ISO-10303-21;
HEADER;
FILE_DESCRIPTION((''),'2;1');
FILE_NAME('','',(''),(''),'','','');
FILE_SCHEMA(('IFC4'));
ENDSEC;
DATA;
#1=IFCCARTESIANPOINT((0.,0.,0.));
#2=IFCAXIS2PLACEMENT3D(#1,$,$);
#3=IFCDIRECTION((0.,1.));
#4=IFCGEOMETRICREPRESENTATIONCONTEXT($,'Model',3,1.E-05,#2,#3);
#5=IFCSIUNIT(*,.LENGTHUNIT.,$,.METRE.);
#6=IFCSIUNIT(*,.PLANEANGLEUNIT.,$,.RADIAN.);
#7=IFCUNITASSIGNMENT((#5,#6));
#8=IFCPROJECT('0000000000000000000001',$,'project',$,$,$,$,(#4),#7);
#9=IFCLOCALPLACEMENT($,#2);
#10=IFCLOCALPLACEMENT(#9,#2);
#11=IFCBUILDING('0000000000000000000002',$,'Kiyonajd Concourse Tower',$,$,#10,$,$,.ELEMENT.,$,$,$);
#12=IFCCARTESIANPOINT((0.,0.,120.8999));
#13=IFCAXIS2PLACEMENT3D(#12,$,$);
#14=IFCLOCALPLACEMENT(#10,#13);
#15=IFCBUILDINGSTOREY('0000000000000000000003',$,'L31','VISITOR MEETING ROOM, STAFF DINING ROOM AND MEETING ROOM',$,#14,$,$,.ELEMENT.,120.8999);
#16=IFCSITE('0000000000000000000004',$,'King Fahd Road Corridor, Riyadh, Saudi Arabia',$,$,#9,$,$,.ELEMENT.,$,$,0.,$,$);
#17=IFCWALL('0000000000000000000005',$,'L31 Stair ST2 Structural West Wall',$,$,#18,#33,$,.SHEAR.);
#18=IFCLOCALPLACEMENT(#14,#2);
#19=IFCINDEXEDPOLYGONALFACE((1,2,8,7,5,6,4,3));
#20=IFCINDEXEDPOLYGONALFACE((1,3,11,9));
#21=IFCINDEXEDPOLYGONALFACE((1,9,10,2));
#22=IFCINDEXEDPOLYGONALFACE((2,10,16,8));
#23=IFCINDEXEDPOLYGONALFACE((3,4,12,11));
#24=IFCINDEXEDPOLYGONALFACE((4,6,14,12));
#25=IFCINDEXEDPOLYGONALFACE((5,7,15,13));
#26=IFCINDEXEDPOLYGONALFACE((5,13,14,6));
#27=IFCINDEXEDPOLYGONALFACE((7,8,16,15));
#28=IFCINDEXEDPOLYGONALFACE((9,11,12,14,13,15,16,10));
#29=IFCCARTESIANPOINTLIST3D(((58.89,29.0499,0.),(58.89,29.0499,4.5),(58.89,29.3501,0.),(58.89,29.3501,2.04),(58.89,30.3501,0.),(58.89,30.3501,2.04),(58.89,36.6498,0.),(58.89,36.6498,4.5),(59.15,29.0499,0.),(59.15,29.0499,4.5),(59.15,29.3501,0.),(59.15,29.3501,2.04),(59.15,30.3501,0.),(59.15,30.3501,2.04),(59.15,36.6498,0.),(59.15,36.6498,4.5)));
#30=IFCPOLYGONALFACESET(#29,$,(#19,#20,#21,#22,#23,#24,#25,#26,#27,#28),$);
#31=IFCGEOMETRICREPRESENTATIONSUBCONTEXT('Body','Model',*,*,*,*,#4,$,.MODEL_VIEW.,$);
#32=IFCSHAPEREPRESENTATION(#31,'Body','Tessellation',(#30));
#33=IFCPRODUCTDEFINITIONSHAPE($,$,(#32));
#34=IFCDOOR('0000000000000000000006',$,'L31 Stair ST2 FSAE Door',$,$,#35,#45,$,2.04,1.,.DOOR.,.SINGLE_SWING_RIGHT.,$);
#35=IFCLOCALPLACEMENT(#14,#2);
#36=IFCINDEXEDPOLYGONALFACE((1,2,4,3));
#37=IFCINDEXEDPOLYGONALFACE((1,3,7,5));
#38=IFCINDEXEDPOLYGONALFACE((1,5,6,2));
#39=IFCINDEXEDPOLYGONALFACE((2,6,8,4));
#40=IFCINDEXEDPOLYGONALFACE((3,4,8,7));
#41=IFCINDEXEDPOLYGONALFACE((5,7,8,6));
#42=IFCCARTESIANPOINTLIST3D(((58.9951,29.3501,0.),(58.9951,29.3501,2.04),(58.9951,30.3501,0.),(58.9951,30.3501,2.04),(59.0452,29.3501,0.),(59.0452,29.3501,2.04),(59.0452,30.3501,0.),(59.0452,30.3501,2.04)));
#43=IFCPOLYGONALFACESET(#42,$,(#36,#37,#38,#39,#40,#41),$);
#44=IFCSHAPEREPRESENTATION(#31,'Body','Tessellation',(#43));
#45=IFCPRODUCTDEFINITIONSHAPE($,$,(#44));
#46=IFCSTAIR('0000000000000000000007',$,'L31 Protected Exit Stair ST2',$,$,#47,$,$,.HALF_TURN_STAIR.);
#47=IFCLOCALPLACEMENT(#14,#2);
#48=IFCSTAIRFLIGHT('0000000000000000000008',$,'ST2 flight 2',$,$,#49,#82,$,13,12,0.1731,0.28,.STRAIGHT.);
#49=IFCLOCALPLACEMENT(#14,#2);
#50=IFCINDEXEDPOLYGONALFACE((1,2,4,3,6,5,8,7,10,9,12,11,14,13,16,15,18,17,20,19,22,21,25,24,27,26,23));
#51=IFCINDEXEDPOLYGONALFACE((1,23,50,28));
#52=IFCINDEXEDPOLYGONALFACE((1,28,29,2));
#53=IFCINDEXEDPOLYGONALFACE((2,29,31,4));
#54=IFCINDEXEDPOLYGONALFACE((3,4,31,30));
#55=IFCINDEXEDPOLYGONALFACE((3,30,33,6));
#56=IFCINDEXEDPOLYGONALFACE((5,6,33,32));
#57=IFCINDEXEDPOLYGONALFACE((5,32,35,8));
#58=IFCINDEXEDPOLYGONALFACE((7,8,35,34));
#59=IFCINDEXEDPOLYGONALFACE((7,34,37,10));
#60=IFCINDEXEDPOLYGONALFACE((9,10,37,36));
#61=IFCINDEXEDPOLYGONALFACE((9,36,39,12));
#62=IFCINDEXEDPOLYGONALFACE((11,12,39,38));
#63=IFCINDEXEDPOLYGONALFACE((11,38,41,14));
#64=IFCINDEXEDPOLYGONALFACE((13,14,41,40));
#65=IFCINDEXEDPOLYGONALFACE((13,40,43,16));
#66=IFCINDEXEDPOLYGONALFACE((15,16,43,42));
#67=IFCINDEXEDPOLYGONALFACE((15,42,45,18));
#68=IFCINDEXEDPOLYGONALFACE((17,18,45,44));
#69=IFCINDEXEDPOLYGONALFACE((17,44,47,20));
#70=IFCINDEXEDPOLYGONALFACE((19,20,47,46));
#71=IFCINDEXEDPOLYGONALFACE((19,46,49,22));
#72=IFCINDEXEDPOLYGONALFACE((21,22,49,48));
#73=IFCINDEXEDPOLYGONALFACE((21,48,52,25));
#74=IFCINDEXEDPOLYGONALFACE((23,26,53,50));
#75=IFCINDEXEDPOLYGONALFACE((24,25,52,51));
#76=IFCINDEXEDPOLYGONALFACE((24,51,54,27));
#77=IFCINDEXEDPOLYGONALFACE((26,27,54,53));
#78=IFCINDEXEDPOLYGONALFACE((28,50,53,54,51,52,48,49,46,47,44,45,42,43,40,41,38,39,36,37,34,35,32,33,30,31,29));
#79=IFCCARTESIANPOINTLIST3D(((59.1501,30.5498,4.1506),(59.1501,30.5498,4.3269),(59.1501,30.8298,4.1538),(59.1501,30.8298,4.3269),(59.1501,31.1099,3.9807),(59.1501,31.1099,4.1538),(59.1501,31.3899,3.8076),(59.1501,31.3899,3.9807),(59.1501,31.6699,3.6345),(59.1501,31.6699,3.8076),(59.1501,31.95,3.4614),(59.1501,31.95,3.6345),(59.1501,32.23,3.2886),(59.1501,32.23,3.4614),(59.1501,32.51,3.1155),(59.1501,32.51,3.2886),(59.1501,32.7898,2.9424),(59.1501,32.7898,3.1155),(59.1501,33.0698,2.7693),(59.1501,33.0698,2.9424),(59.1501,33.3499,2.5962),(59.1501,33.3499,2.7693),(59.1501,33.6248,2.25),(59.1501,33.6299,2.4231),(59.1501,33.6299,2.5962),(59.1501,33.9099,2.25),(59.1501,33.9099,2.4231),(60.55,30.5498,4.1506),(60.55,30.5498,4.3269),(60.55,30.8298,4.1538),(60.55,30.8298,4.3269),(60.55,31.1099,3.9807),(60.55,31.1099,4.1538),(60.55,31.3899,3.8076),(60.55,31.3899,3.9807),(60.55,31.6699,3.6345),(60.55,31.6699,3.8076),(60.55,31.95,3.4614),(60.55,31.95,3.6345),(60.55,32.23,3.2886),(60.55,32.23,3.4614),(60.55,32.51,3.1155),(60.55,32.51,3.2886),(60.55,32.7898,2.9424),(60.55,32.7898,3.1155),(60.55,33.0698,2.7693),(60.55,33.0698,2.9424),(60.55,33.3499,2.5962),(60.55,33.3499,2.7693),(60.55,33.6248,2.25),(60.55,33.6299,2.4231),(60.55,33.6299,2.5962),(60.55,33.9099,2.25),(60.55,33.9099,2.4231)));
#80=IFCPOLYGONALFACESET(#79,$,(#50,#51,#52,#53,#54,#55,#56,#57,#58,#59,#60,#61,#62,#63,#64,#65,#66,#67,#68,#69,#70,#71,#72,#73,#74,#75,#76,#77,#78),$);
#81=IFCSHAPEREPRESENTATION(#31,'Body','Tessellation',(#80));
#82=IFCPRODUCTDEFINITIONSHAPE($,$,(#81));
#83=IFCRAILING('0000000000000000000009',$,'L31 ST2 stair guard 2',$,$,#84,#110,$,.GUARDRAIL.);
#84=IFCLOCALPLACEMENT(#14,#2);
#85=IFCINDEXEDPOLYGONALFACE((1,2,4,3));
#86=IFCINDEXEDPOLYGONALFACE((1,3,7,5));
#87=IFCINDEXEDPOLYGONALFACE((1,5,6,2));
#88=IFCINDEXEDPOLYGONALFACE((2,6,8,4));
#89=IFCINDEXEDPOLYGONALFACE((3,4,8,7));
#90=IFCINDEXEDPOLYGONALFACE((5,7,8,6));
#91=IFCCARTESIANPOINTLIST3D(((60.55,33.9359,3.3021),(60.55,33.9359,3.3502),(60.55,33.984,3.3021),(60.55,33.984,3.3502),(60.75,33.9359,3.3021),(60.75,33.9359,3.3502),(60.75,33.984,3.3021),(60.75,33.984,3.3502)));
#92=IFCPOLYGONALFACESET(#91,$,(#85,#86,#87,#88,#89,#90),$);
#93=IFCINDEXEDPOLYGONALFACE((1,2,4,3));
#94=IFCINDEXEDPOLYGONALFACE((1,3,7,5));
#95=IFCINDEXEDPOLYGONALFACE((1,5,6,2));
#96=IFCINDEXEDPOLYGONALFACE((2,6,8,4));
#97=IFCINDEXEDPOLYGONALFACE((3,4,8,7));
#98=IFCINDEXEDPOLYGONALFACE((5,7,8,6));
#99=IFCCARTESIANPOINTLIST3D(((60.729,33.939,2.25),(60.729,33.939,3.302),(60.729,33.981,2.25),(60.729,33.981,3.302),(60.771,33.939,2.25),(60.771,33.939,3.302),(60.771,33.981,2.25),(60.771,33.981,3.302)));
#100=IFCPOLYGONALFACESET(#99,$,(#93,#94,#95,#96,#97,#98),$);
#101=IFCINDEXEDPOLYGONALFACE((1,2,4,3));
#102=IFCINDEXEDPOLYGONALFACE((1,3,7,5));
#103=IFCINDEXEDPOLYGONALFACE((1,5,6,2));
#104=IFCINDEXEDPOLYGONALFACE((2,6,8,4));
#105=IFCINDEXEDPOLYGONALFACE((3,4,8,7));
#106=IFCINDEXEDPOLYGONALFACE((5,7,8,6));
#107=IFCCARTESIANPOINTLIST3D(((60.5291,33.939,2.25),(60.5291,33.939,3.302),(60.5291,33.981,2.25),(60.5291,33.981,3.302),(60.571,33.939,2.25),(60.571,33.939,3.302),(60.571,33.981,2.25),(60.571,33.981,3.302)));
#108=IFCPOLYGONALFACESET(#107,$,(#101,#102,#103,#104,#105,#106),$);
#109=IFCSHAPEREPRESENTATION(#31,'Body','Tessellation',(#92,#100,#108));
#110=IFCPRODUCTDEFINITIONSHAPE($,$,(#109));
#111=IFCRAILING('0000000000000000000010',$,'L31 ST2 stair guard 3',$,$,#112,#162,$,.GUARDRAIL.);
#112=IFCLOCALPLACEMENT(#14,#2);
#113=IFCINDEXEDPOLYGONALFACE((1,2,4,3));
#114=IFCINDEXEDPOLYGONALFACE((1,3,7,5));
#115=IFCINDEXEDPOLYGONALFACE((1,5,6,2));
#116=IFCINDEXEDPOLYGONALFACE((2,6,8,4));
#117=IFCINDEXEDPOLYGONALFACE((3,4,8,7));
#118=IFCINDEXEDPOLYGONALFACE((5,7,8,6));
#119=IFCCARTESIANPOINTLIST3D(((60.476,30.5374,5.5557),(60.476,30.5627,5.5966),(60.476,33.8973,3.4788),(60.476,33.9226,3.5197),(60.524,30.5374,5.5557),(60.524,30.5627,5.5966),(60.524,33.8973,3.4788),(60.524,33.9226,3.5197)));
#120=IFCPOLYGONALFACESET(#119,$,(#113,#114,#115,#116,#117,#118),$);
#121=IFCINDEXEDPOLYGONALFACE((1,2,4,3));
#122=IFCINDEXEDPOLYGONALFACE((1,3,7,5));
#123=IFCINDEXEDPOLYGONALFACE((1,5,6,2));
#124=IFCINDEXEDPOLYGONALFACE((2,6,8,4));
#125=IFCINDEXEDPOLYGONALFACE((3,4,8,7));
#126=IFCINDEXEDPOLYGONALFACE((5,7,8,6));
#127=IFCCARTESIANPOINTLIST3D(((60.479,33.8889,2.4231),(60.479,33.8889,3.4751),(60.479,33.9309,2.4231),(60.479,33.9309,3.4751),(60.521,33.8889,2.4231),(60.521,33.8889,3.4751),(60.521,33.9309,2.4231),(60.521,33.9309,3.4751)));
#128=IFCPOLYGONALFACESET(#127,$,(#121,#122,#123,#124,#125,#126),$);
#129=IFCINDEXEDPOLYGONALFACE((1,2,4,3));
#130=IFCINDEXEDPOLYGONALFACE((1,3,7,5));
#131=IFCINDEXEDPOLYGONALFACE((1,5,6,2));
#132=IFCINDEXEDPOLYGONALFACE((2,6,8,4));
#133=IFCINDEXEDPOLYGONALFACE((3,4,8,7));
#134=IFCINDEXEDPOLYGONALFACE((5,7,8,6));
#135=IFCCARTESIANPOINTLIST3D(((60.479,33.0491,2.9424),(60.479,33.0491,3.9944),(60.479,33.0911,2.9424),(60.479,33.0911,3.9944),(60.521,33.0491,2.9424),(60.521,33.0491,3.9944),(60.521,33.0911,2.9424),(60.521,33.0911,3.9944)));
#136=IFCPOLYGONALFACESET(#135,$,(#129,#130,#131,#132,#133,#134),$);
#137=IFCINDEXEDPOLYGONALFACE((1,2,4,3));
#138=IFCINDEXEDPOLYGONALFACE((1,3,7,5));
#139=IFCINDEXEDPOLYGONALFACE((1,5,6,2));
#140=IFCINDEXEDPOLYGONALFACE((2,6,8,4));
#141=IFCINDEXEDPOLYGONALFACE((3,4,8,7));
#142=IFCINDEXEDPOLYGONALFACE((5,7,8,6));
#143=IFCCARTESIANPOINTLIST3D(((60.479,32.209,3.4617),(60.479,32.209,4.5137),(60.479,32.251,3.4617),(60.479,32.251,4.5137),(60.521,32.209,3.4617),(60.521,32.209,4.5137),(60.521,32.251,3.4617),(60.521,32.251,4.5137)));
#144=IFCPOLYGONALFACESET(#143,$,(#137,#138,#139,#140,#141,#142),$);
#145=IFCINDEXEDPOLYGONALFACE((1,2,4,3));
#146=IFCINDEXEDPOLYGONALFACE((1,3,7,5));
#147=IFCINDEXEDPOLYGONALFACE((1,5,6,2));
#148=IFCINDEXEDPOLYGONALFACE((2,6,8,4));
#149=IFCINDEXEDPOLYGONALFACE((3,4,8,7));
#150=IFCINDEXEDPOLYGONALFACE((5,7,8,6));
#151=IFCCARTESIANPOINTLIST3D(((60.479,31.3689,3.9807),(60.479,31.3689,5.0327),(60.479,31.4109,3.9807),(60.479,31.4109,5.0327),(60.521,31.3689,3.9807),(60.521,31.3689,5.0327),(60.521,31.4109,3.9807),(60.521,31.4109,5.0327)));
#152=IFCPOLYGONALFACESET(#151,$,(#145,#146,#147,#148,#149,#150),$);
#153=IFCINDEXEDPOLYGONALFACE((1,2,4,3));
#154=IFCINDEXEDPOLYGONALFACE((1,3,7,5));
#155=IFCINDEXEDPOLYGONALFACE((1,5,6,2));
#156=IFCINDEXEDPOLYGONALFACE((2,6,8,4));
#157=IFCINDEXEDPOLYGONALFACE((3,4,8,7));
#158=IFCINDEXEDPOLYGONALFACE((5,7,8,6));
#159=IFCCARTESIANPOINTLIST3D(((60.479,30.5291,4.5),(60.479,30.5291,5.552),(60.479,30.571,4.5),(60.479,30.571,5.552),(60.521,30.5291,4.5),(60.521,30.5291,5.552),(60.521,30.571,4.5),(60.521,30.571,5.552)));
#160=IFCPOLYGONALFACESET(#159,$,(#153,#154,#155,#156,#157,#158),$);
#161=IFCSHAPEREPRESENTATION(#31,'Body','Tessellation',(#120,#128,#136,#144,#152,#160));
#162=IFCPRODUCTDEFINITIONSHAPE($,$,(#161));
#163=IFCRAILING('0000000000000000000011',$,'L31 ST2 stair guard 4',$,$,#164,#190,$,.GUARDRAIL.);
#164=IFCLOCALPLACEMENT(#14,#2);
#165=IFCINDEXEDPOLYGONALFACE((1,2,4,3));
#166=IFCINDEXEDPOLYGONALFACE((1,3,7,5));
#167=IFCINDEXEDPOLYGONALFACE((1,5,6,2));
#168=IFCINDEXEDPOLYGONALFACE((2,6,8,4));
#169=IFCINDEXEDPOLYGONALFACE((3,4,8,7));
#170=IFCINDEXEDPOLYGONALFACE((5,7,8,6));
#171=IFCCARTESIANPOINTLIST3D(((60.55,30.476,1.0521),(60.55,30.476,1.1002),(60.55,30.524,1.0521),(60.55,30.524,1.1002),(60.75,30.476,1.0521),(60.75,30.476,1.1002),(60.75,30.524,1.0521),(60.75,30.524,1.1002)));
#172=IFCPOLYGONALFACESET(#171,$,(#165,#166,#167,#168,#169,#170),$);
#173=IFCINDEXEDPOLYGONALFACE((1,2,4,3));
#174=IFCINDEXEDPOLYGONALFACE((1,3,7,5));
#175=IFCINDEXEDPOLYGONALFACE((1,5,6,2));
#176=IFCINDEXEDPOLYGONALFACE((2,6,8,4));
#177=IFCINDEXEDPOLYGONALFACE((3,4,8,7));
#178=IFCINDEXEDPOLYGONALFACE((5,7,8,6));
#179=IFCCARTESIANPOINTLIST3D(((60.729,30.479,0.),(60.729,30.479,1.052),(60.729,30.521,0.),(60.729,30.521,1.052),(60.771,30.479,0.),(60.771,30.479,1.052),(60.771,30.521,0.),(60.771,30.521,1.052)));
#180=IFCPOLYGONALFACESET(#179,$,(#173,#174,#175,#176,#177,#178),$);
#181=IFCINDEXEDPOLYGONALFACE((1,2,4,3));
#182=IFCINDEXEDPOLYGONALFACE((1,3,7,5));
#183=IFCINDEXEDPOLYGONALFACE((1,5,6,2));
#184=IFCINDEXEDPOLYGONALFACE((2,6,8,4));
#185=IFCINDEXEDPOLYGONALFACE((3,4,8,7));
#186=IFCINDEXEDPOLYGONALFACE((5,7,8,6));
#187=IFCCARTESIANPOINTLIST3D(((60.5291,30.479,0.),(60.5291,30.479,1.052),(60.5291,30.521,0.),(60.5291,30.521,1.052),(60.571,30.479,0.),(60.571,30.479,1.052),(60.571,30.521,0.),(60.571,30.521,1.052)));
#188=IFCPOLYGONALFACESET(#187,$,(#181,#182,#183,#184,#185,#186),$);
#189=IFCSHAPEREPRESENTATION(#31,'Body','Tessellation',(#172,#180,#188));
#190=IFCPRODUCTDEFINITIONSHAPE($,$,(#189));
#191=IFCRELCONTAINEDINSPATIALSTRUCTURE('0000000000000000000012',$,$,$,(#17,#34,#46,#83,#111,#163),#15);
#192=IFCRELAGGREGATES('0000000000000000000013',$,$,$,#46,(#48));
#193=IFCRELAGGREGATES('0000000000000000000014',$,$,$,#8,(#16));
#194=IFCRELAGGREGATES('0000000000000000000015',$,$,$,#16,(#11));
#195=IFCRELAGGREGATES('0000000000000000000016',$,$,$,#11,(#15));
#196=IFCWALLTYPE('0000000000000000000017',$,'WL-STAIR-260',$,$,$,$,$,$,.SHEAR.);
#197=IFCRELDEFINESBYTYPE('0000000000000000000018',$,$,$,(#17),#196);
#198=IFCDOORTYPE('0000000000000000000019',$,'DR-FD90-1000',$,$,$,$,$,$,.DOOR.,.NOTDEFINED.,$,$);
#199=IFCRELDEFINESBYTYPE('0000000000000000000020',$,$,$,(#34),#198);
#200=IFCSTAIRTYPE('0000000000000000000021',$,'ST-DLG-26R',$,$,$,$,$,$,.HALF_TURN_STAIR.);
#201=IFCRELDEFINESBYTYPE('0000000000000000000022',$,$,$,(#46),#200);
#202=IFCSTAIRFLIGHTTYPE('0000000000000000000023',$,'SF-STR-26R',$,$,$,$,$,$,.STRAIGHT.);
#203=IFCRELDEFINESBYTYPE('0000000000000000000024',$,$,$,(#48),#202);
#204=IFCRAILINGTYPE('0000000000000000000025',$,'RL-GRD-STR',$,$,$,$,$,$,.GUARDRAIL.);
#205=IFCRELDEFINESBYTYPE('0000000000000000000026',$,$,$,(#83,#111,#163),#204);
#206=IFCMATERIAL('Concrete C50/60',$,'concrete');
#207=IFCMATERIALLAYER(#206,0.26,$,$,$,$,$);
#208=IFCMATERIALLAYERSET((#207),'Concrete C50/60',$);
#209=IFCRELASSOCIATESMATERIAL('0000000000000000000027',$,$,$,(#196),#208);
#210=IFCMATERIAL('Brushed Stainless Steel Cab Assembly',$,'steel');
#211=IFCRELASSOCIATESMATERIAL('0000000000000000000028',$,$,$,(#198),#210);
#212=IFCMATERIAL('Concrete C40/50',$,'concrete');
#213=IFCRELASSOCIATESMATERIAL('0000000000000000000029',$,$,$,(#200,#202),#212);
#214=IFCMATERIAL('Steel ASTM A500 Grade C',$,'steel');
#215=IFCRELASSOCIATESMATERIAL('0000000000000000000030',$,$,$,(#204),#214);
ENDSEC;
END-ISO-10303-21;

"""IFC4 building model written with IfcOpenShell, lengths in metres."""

from ifc_helpers import new_model, si_unit, direction, frame, frame_2d, origin, origin_2d, place, context, subcontext, project, spatial, polyline, rectangle, outline, extrude, material, layer, layer_set, type_object, element, fill, aggregate, save


model = new_model("IFC4")

# Units and contexts
model_context = context("Model", 3, precision=1e-05, world=origin(), true_north=direction((0.0, 1.0)))
body_context = subcontext(model_context, "Body", "Model", "MODEL_VIEW")
ifc_project = project(units=[si_unit("LENGTHUNIT", "METRE"), si_unit("PLANEANGLEUNIT", "RADIAN")], contexts=[model_context])

# Site, building, storey
site_placement = place(None, origin())
site = spatial("IfcSite", under=ifc_project, at=site_placement, Name="King Fahd Road Corridor, Riyadh, Saudi Arabia", CompositionType="ELEMENT", RefElevation=0.0)
building_placement = place(site_placement, origin())
building = spatial("IfcBuilding", under=site, at=building_placement, Name="Kiyonajd Concourse Tower", CompositionType="ELEMENT")
storey_placement = place(building_placement, frame((0.0, 0.0, 120.8999)))
storey = spatial("IfcBuildingStorey", under=building, at=storey_placement, Name="L31", Description="VISITOR MEETING ROOM, STAFF DINING ROOM AND MEETING ROOM", CompositionType="ELEMENT", Elevation=120.8999)

# Shared definitions
ifc_material_1 = material(Name="Concrete C50/60", Category="concrete")

# Shared definitions
ifc_material_2 = material(Name="Brushed Stainless Steel Cab Assembly", Category="steel")

# Shared definitions
ifc_layer_1 = layer(ifc_material_1, 0.26)
ifc_layer_set_1 = layer_set([ifc_layer_1], Name="Concrete C50/60")
wall_type_1 = type_object("IfcWallType", Name="WL-STAIR-260", PredefinedType="SHEAR", material=ifc_layer_set_1)

# Wall, opening, door
wall_1_placement = place(storey_placement, frame((59.02, 29.05, 0.0), z_axis=(0.0, 0.0, 1.0), x_axis=(0.0, 1.0, 0.0)))
wall_1 = element("IfcWall", 1, at=wall_1_placement, inside=storey, type_object=wall_type_1, Name="L31 Stair ST2 Structural West Wall", PredefinedType="SHEAR", context=body_context, shape_type="SweptSolid", body=[
    extrude(rectangle(XDim=7.5999, YDim=0.26, at=frame_2d((3.7998, 0.0))), origin(), (0.0, 0.0, 1.0), 4.5),
])
opening_1_placement = place(wall_1_placement, frame((0.3, 0.0, 0.0)))
opening_1 = element("IfcOpeningElement", 2, at=opening_1_placement, cuts=wall_1, PredefinedType="OPENING", context=body_context, shape_type="SweptSolid", body=[
    extrude(rectangle(XDim=1.0, YDim=2.04, at=frame_2d((0.5, 1.02))), frame((0.0, 0.1399, 0.0), z_axis=(0.0, -1.0, 0.0), x_axis=(1.0, 0.0, 0.0)), (0.0, 0.0, 1.0), 0.28),
])
door_type_1 = type_object("IfcDoorType", Name="DR-FD90-1000", OperationType="NOTDEFINED", PredefinedType="DOOR", material=ifc_material_2)
door_1_placement = place(opening_1_placement, origin())
door_1 = element("IfcDoor", 3, at=door_1_placement, inside=storey, type_object=door_type_1, Name="L31 Stair ST2 FSAE Door", OperationType="SINGLE_SWING_RIGHT", OverallHeight=2.04, OverallWidth=1.0, PredefinedType="DOOR", context=body_context, shape_type="SweptSolid", body=[
    extrude(rectangle(XDim=1.0, YDim=2.04, at=frame_2d((0.5, 1.02))), frame((0.0, 0.0249, 0.0), z_axis=(0.0, -1.0, 0.0), x_axis=(1.0, 0.0, 0.0)), (0.0, 0.0, 1.0), 0.05),
])
fill(opening_1, door_1)

# Stair, stair flight
ifc_material_3 = material(Name="Concrete C40/50", Category="concrete")
stair_type = type_object("IfcStairType", Name="ST-DLG-26R", PredefinedType="HALF_TURN_STAIR", material=ifc_material_3)
stair_placement = place(storey_placement, origin())
stair = element("IfcStair", 4, at=stair_placement, inside=storey, type_object=stair_type, Name="L31 Protected Exit Stair ST2", PredefinedType="HALF_TURN_STAIR")
stair_flight_type = type_object("IfcStairFlightType", Name="SF-STR-26R", PredefinedType="STRAIGHT", material=ifc_material_3)
stair_flight_placement = place(storey_placement, frame((59.8501, 33.9099, 2.25), z_axis=(0.0, 0.0, 1.0), x_axis=(0.0, -1.0, 0.0)))
stair_flight = element("IfcStairFlight", 5, at=stair_flight_placement, type_object=stair_flight_type, Name="ST2 flight 2", NumberOfRisers=13, NumberOfTreads=12, PredefinedType="STRAIGHT", RiserHeight=0.1731, TreadLength=0.28, context=body_context, shape_type="SweptSolid", body=[
    extrude(outline(polyline([(0.0, 0.0), (0.0, 0.1731), (0.28, 0.1731), (0.28, 0.3462), (0.5601, 0.3462), (0.5601, 0.5193), (0.8401, 0.5193), (0.8401, 0.6924), (1.1201, 0.6924), (1.1201, 0.8655), (1.3999, 0.8655), (1.3999, 1.0386), (1.6799, 1.0386), (1.6799, 1.2114), (1.96, 1.2114), (1.96, 1.3845), (2.24, 1.3845), (2.24, 1.5576), (2.52, 1.5576), (2.52, 1.7307), (2.8, 1.7307), (2.8, 1.9038), (3.0801, 1.9038), (3.0801, 2.0769), (3.3601, 2.0769), (3.3601, 2.25), (3.3601, 1.9006), (0.2852, 0.0), (0.0, 0.0)])), frame((0.0, 0.7, 0.0), z_axis=(0.0, -1.0, 0.0), x_axis=(1.0, 0.0, 0.0)), (0.0, 0.0, 1.0), 1.3999),
])
aggregate(stair, [stair_flight])

# Railings
ifc_material_4 = material(Name="Steel ASTM A500 Grade C", Category="steel")
railing_type_1 = type_object("IfcRailingType", Name="RL-GRD-STR", PredefinedType="GUARDRAIL", material=ifc_material_4)
railing_1_placement = place(storey_placement, frame((60.75, 33.96, 2.25)))
element("IfcRailing", 6, at=railing_1_placement, inside=storey, type_object=railing_type_1, Name="L31 ST2 stair guard 2", PredefinedType="GUARDRAIL", context=body_context, shape_type="SweptSolid", body=[
    extrude(rectangle(XDim=0.0481, YDim=0.0481, at=origin_2d()), frame((0.0, 0.0, 1.0762), z_axis=(-1.0, 0.0, 0.0), x_axis=(0.0, -1.0, 0.0)), (0.0, 0.0, 1.0), 0.2),
    extrude(rectangle(XDim=0.042, YDim=0.042, at=origin_2d()), origin(), (0.0, 0.0, 1.0), 1.052),
    extrude(rectangle(XDim=0.042, YDim=0.042, at=origin_2d()), frame((-0.2, 0.0, 0.0)), (0.0, 0.0, 1.0), 1.052),
])
railing_2_placement = place(storey_placement, frame((60.5, 33.9099, 2.4231)))
element("IfcRailing", 7, at=railing_2_placement, inside=storey, type_object=railing_type_1, Name="L31 ST2 stair guard 3", PredefinedType="GUARDRAIL", context=body_context, shape_type="SweptSolid", body=[
    extrude(rectangle(XDim=0.0481, YDim=0.0481, at=origin_2d()), frame((0.0, 0.0, 1.0762), z_axis=(0.0, -0.850606, 0.525803), x_axis=(1.0, 0.0, 0.0)), (0.0, 0.0, 1.0), 3.95),
    extrude(rectangle(XDim=0.042, YDim=0.042, at=origin_2d()), origin(), (0.0, 0.0, 1.0), 1.052),
    extrude(rectangle(XDim=0.042, YDim=0.042, at=origin_2d()), frame((0.0, -0.8398, 0.5193)), (0.0, 0.0, 1.0), 1.052),
    extrude(rectangle(XDim=0.042, YDim=0.042, at=origin_2d()), frame((0.0, -1.6799, 1.0386)), (0.0, 0.0, 1.0), 1.052),
    extrude(rectangle(XDim=0.042, YDim=0.042, at=origin_2d()), frame((0.0, -2.52, 1.5576)), (0.0, 0.0, 1.0), 1.052),
    extrude(rectangle(XDim=0.042, YDim=0.042, at=origin_2d()), frame((0.0, -3.3599, 2.0769)), (0.0, 0.0, 1.0), 1.052),
])
railing_3_placement = place(storey_placement, frame((60.75, 30.5, 0.0)))
element("IfcRailing", 8, at=railing_3_placement, inside=storey, type_object=railing_type_1, Name="L31 ST2 stair guard 4", PredefinedType="GUARDRAIL", context=body_context, shape_type="SweptSolid", body=[
    extrude(rectangle(XDim=0.0481, YDim=0.0481, at=origin_2d()), frame((0.0, 0.0, 1.0762), z_axis=(-1.0, 0.0, 0.0), x_axis=(0.0, -1.0, 0.0)), (0.0, 0.0, 1.0), 0.2),
    extrude(rectangle(XDim=0.042, YDim=0.042, at=origin_2d()), origin(), (0.0, 0.0, 1.0), 1.052),
    extrude(rectangle(XDim=0.042, YDim=0.042, at=origin_2d()), frame((-0.2, 0.0, 0.0)), (0.0, 0.0, 1.0), 1.052),
])

save(model, "model.ifc")
